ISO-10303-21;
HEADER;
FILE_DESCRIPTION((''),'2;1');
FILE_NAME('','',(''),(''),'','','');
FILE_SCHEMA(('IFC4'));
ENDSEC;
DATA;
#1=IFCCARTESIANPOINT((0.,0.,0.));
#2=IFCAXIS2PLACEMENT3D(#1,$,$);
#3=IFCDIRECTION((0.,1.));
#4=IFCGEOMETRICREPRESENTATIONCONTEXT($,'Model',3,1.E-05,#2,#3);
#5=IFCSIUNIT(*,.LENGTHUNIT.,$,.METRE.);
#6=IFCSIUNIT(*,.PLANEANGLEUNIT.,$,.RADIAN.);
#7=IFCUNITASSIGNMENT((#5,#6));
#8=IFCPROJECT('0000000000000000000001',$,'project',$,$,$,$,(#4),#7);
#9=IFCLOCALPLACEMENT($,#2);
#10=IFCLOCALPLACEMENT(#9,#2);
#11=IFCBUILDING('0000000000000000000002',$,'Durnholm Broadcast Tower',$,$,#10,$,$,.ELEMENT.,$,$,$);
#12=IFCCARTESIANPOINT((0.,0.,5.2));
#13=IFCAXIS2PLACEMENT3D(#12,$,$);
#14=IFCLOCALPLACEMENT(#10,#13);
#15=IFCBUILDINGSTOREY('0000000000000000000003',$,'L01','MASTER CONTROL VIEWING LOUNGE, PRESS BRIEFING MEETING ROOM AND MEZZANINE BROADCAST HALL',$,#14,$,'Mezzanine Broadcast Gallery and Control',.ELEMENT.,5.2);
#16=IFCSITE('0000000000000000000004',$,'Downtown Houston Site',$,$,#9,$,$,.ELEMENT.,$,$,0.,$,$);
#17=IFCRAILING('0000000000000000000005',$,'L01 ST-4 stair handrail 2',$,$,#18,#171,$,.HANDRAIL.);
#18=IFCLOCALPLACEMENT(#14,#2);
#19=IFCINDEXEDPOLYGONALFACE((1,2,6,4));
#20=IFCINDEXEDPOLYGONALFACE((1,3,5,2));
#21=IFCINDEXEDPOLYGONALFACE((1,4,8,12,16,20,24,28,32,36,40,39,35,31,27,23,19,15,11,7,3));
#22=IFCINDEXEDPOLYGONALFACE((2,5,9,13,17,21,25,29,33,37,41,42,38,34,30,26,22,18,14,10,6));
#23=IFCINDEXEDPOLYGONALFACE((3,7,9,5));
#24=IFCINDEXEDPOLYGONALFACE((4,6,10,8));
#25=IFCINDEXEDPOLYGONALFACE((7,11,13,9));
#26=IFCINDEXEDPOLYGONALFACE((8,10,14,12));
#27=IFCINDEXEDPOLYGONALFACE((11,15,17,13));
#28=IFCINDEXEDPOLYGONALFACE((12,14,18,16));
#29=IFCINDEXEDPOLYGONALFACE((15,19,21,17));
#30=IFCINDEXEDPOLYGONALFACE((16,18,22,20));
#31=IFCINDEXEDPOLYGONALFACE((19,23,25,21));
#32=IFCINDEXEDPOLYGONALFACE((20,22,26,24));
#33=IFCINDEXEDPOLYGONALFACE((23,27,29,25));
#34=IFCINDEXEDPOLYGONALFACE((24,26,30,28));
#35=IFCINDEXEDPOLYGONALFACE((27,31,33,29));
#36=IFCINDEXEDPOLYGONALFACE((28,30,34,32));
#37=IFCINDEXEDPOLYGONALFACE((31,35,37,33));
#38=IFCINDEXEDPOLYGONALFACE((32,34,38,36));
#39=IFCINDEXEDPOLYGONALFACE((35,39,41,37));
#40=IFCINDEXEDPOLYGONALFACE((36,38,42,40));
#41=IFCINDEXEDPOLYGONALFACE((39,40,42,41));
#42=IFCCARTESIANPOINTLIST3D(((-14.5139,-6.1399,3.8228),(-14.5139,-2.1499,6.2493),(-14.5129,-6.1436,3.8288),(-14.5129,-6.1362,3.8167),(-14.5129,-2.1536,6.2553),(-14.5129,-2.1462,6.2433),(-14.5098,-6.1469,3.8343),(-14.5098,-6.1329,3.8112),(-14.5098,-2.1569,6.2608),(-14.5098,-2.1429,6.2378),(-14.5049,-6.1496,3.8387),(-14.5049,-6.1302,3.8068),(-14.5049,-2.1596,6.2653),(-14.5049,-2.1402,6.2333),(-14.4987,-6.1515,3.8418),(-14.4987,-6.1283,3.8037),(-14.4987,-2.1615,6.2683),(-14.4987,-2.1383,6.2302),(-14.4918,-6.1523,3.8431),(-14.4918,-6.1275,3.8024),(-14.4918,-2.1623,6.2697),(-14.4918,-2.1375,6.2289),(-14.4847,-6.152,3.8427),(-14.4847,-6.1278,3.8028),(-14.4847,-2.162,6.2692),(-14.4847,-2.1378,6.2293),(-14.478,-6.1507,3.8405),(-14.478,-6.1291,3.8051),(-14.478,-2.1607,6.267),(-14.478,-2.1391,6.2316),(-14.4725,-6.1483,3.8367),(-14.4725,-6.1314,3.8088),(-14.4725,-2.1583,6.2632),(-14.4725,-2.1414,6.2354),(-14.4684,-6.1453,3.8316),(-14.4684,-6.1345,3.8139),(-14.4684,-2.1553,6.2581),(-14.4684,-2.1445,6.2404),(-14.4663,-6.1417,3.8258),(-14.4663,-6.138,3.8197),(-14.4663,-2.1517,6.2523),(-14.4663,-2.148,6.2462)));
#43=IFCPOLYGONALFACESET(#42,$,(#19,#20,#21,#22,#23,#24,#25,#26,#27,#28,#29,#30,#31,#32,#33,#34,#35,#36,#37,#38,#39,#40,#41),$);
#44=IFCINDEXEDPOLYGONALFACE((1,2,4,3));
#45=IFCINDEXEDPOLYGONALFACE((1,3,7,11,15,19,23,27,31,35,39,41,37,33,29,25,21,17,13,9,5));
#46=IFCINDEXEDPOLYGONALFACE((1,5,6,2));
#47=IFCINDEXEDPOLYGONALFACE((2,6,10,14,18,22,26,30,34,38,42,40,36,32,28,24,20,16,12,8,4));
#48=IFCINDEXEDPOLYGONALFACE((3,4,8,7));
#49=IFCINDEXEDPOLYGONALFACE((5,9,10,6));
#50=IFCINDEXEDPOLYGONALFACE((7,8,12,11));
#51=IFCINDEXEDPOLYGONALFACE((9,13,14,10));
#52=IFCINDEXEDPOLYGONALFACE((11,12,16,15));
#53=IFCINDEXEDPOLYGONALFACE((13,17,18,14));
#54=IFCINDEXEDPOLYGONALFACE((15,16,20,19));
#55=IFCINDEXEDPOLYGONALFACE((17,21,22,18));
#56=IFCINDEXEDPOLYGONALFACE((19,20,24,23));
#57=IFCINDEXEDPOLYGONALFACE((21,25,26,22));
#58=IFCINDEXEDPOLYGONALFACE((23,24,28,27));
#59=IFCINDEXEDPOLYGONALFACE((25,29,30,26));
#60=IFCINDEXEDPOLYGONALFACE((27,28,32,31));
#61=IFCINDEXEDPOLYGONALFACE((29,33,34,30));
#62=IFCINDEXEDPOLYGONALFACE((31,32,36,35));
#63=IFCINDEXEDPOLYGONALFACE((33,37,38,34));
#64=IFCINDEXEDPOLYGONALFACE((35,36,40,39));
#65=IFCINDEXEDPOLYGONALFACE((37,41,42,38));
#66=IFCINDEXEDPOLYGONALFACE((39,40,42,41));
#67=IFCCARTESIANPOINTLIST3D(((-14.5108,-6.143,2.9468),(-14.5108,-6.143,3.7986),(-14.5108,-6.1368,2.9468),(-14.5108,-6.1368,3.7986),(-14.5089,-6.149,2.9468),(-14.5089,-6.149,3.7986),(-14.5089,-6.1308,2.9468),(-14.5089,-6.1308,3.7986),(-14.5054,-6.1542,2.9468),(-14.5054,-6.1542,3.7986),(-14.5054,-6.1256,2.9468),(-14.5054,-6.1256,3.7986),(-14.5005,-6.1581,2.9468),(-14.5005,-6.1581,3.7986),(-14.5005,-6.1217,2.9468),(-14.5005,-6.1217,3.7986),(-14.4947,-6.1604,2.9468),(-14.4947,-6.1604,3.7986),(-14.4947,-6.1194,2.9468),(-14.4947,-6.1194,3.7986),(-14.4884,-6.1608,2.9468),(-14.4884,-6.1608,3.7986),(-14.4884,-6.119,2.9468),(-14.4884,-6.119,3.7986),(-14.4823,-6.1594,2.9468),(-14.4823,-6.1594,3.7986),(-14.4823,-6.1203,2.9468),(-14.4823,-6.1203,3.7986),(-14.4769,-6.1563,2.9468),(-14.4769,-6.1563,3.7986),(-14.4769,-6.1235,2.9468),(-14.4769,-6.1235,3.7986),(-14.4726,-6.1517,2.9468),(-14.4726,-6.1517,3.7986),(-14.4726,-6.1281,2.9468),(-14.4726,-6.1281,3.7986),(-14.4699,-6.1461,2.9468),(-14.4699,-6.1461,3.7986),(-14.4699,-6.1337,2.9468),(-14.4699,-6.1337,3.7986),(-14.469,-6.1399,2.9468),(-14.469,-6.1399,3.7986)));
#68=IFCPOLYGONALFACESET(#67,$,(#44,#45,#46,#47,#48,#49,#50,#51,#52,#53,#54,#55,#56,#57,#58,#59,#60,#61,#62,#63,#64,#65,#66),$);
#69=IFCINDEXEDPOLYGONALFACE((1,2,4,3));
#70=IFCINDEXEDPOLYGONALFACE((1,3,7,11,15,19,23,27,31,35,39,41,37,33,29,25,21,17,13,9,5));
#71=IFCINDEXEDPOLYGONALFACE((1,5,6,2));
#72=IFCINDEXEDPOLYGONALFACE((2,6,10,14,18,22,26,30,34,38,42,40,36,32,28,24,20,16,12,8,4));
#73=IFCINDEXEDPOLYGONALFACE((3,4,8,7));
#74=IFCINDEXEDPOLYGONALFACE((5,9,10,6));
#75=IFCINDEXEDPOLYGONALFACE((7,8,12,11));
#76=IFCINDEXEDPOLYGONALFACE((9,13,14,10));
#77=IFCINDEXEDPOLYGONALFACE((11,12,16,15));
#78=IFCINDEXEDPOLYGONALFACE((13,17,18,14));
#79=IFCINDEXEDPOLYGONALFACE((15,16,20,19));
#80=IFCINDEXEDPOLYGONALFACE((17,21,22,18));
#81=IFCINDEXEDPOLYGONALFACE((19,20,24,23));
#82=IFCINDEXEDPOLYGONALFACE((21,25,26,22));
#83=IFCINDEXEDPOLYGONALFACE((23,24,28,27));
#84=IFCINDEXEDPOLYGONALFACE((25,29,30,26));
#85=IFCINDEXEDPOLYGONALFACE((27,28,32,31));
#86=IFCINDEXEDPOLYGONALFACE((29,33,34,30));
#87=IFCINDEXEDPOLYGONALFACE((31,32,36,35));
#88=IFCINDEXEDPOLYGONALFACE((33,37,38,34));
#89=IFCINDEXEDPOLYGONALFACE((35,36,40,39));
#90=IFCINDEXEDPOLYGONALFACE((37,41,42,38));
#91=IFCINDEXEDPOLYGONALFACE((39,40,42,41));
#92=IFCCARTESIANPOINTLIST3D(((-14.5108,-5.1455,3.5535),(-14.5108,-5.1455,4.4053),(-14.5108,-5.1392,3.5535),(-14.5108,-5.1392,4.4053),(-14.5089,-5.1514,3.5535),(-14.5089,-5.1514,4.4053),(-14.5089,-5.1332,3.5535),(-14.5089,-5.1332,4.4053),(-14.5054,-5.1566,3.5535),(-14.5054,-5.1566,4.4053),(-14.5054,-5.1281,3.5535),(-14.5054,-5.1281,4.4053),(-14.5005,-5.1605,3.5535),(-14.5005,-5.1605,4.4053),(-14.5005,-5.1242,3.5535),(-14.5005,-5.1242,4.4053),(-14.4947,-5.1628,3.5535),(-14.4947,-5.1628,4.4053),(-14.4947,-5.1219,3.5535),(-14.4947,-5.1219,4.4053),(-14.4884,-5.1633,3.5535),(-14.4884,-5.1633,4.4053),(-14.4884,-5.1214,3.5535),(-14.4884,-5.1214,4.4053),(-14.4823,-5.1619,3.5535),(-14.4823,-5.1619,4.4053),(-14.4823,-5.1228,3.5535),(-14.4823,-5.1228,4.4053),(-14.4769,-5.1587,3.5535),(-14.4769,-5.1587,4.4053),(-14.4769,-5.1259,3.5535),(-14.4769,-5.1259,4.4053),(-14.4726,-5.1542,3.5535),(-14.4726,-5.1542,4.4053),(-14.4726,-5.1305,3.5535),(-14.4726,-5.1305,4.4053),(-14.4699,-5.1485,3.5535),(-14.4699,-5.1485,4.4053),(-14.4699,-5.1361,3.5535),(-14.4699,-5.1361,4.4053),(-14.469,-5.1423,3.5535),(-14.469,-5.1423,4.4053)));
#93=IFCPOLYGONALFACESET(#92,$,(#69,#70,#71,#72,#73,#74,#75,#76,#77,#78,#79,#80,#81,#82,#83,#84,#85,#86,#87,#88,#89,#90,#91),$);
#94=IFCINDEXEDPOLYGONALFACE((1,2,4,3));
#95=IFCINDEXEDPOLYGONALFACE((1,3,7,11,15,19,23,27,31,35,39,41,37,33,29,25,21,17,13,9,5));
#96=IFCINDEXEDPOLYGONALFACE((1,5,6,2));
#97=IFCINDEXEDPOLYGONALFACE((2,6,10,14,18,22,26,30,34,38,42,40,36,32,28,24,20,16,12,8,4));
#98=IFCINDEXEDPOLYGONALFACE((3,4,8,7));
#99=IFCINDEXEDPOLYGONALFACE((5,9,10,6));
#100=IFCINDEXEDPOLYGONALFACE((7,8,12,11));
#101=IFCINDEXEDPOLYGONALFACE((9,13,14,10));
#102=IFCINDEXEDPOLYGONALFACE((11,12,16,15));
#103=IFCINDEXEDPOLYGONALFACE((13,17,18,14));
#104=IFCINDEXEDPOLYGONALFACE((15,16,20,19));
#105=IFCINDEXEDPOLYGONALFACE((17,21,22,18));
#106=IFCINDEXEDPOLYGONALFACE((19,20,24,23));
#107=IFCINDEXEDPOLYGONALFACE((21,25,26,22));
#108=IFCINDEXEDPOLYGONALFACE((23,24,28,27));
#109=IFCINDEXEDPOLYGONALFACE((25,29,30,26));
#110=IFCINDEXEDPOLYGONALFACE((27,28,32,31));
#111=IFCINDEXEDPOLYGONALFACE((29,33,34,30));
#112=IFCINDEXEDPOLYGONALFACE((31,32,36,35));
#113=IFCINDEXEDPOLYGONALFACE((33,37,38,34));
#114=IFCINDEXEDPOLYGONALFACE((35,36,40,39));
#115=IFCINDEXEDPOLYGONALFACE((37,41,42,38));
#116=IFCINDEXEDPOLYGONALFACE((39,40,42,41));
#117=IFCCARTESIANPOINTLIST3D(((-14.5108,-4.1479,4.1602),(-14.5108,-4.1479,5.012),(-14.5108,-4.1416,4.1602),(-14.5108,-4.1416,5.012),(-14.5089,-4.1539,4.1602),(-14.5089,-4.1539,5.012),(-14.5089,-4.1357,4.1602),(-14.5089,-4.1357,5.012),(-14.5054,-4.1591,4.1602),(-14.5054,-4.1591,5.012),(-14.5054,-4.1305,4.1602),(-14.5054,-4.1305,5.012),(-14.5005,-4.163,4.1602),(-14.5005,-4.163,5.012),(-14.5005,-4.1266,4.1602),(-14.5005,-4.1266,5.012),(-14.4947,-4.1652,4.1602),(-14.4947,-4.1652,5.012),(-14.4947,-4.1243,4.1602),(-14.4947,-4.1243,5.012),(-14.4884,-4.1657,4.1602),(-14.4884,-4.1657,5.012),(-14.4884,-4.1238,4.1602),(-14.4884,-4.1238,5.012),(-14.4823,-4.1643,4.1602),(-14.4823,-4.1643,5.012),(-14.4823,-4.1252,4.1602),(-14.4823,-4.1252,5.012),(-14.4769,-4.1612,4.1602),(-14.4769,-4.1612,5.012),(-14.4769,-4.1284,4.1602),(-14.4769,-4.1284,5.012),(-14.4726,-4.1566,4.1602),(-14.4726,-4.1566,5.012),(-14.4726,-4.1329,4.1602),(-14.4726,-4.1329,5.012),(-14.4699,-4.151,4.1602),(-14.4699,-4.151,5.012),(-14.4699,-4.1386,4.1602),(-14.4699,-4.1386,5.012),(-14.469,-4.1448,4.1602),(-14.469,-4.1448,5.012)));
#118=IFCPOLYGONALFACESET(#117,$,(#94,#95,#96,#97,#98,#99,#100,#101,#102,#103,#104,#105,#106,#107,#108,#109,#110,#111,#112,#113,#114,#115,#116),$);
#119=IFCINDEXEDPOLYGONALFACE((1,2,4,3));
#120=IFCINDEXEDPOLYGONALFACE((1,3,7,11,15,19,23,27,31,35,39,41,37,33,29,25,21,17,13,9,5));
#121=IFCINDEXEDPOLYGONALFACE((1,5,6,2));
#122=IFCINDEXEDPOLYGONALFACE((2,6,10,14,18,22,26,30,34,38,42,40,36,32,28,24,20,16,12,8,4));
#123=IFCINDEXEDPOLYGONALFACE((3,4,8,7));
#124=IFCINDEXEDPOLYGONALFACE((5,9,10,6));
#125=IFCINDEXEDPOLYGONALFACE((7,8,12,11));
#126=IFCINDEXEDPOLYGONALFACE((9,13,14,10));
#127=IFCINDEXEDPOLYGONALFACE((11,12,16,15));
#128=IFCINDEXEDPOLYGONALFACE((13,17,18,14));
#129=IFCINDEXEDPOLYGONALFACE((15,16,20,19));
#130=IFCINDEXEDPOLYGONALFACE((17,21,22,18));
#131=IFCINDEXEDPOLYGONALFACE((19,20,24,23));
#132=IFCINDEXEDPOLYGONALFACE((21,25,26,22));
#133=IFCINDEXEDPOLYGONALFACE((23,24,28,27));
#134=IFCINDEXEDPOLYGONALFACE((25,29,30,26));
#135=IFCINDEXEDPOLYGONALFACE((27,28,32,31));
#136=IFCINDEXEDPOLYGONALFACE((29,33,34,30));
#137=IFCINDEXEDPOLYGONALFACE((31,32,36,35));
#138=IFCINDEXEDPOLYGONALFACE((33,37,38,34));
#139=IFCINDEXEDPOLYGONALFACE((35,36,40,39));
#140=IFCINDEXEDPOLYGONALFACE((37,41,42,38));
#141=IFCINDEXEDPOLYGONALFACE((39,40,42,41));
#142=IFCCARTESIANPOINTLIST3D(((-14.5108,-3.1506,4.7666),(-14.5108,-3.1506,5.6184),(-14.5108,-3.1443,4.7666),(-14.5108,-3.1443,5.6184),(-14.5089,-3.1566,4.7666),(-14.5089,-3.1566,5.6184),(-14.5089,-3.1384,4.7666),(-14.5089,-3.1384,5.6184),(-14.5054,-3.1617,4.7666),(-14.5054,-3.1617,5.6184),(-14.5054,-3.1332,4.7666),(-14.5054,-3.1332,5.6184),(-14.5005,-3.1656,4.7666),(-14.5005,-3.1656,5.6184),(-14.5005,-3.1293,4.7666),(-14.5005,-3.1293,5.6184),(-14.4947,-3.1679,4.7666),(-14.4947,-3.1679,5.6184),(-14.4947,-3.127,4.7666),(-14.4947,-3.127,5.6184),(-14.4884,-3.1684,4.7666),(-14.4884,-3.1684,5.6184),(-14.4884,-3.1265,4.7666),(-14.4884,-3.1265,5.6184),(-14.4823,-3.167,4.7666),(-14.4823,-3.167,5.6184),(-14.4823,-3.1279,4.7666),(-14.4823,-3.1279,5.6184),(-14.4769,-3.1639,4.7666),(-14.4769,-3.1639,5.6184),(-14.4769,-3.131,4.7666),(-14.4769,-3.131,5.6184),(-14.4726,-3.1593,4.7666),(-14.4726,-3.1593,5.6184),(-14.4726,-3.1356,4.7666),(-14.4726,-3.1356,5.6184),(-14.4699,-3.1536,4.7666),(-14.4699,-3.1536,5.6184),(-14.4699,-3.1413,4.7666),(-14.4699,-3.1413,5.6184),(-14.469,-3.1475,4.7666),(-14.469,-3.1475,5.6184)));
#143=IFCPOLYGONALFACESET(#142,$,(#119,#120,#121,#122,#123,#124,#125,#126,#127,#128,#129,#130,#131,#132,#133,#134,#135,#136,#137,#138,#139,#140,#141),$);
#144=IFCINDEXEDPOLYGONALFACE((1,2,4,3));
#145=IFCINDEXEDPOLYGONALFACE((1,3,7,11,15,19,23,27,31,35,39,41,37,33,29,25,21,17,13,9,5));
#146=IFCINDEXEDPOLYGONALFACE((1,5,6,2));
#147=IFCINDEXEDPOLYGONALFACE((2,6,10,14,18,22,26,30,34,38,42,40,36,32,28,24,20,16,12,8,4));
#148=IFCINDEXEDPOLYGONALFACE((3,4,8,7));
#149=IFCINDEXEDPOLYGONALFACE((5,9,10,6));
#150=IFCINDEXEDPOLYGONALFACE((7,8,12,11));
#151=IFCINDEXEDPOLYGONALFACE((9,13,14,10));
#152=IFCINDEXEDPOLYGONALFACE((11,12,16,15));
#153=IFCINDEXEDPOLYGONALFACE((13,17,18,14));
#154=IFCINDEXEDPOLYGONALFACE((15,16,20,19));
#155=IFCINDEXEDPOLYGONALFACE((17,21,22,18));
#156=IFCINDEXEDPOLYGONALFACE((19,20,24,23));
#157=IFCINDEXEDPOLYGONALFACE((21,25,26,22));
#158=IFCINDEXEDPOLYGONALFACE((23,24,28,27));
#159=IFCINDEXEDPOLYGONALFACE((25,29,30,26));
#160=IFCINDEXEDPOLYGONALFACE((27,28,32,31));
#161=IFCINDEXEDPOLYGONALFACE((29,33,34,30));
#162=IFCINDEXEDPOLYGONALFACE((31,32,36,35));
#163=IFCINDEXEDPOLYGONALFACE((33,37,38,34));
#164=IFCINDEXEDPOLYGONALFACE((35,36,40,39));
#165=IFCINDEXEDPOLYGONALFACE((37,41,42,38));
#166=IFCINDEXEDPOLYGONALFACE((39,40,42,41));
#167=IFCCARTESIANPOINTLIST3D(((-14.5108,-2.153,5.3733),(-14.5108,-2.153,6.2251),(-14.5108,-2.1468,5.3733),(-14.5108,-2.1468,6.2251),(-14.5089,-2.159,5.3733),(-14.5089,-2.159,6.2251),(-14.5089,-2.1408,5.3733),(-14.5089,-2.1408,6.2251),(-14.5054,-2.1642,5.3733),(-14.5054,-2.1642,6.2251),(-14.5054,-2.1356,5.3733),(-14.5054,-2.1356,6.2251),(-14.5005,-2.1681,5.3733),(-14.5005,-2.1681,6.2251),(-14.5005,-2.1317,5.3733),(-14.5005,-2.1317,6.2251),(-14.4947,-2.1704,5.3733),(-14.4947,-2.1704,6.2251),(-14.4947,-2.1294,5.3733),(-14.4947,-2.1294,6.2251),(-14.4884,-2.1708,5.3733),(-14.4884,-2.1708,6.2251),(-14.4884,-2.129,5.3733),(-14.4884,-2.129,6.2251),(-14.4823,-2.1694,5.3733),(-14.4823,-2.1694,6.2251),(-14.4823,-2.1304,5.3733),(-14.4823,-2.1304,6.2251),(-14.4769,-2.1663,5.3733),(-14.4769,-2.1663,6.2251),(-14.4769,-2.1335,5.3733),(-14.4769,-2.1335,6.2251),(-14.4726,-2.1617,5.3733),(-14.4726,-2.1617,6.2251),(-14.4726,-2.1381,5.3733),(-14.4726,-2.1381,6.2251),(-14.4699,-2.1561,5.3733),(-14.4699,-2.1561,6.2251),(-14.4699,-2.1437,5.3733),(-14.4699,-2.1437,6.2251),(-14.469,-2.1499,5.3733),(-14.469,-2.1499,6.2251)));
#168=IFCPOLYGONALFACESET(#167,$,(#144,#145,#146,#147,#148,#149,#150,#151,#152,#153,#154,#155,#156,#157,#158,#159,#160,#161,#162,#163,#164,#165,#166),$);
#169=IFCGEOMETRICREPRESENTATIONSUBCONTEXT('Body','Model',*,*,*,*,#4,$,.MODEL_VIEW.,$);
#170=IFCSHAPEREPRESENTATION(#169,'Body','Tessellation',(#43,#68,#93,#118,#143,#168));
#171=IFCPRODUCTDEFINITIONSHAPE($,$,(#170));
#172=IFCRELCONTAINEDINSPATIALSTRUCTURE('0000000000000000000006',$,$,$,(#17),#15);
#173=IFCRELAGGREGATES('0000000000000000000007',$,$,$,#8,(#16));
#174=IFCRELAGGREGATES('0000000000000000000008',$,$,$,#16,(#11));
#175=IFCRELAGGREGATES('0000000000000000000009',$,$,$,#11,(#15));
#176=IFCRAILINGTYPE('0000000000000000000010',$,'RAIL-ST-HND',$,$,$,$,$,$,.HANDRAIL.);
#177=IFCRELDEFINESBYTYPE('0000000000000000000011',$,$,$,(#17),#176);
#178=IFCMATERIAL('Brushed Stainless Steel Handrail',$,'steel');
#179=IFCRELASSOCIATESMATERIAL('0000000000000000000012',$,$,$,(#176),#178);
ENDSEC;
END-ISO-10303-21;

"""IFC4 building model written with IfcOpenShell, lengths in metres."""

from ifc_helpers import new_model, si_unit, direction, frame, origin, origin_2d, place, context, subcontext, project, spatial, circle, extrude, material, type_object, element, save


model = new_model("IFC4")

# Units and contexts
model_context = context("Model", 3, precision=1e-05, world=origin(), true_north=direction((0.0, 1.0)))
body_context = subcontext(model_context, "Body", "Model", "MODEL_VIEW")
ifc_project = project(units=[si_unit("LENGTHUNIT", "METRE"), si_unit("PLANEANGLEUNIT", "RADIAN")], contexts=[model_context])

# Site, building, storey
site_placement = place(None, origin())
site = spatial("IfcSite", under=ifc_project, at=site_placement, Name="Downtown Houston Site", CompositionType="ELEMENT", RefElevation=0.0)
building_placement = place(site_placement, origin())
building = spatial("IfcBuilding", under=site, at=building_placement, Name="Durnholm Broadcast Tower", CompositionType="ELEMENT")
storey_placement = place(building_placement, frame((0.0, 0.0, 5.2)))
storey = spatial("IfcBuildingStorey", under=building, at=storey_placement, Name="L01", Description="MASTER CONTROL VIEWING LOUNGE, PRESS BRIEFING MEETING ROOM AND MEZZANINE BROADCAST HALL", LongName="Mezzanine Broadcast Gallery and Control", CompositionType="ELEMENT", Elevation=5.2)

# Railing
ifc_material_1 = material(Name="Brushed Stainless Steel Handrail", Category="steel")
railing_type_1 = type_object("IfcRailingType", Name="RAIL-ST-HND", PredefinedType="HANDRAIL", material=ifc_material_1)
railing_1_placement = place(storey_placement, frame((-14.49, -6.1399, 2.9468)))
element("IfcRailing", 1, at=railing_1_placement, inside=storey, type_object=railing_type_1, Name="L01 ST-4 stair handrail 2", PredefinedType="HANDRAIL", context=body_context, shape_type="SweptSolid", body=[
    extrude(circle(Radius=0.0239, at=origin_2d()), frame((0.0, 0.0, 0.876), z_axis=(0.0, 0.854405, 0.519607), x_axis=(-1.0, 0.0, 0.0)), (0.0, 0.0, 1.0), 4.6699),
    extrude(circle(Radius=0.021, at=origin_2d()), origin(), (0.0, 0.0, 1.0), 0.8518),
    extrude(circle(Radius=0.021, at=origin_2d()), frame((0.0, 0.9976, 0.6067)), (0.0, 0.0, 1.0), 0.8518),
    extrude(circle(Radius=0.021, at=origin_2d()), frame((0.0, 1.9951, 1.2134)), (0.0, 0.0, 1.0), 0.8518),
    extrude(circle(Radius=0.021, at=origin_2d()), frame((0.0, 2.9924, 1.8198)), (0.0, 0.0, 1.0), 0.8518),
    extrude(circle(Radius=0.021, at=origin_2d()), frame((0.0, 3.99, 2.4265)), (0.0, 0.0, 1.0), 0.8518),
])

save(model, "model.ifc")
